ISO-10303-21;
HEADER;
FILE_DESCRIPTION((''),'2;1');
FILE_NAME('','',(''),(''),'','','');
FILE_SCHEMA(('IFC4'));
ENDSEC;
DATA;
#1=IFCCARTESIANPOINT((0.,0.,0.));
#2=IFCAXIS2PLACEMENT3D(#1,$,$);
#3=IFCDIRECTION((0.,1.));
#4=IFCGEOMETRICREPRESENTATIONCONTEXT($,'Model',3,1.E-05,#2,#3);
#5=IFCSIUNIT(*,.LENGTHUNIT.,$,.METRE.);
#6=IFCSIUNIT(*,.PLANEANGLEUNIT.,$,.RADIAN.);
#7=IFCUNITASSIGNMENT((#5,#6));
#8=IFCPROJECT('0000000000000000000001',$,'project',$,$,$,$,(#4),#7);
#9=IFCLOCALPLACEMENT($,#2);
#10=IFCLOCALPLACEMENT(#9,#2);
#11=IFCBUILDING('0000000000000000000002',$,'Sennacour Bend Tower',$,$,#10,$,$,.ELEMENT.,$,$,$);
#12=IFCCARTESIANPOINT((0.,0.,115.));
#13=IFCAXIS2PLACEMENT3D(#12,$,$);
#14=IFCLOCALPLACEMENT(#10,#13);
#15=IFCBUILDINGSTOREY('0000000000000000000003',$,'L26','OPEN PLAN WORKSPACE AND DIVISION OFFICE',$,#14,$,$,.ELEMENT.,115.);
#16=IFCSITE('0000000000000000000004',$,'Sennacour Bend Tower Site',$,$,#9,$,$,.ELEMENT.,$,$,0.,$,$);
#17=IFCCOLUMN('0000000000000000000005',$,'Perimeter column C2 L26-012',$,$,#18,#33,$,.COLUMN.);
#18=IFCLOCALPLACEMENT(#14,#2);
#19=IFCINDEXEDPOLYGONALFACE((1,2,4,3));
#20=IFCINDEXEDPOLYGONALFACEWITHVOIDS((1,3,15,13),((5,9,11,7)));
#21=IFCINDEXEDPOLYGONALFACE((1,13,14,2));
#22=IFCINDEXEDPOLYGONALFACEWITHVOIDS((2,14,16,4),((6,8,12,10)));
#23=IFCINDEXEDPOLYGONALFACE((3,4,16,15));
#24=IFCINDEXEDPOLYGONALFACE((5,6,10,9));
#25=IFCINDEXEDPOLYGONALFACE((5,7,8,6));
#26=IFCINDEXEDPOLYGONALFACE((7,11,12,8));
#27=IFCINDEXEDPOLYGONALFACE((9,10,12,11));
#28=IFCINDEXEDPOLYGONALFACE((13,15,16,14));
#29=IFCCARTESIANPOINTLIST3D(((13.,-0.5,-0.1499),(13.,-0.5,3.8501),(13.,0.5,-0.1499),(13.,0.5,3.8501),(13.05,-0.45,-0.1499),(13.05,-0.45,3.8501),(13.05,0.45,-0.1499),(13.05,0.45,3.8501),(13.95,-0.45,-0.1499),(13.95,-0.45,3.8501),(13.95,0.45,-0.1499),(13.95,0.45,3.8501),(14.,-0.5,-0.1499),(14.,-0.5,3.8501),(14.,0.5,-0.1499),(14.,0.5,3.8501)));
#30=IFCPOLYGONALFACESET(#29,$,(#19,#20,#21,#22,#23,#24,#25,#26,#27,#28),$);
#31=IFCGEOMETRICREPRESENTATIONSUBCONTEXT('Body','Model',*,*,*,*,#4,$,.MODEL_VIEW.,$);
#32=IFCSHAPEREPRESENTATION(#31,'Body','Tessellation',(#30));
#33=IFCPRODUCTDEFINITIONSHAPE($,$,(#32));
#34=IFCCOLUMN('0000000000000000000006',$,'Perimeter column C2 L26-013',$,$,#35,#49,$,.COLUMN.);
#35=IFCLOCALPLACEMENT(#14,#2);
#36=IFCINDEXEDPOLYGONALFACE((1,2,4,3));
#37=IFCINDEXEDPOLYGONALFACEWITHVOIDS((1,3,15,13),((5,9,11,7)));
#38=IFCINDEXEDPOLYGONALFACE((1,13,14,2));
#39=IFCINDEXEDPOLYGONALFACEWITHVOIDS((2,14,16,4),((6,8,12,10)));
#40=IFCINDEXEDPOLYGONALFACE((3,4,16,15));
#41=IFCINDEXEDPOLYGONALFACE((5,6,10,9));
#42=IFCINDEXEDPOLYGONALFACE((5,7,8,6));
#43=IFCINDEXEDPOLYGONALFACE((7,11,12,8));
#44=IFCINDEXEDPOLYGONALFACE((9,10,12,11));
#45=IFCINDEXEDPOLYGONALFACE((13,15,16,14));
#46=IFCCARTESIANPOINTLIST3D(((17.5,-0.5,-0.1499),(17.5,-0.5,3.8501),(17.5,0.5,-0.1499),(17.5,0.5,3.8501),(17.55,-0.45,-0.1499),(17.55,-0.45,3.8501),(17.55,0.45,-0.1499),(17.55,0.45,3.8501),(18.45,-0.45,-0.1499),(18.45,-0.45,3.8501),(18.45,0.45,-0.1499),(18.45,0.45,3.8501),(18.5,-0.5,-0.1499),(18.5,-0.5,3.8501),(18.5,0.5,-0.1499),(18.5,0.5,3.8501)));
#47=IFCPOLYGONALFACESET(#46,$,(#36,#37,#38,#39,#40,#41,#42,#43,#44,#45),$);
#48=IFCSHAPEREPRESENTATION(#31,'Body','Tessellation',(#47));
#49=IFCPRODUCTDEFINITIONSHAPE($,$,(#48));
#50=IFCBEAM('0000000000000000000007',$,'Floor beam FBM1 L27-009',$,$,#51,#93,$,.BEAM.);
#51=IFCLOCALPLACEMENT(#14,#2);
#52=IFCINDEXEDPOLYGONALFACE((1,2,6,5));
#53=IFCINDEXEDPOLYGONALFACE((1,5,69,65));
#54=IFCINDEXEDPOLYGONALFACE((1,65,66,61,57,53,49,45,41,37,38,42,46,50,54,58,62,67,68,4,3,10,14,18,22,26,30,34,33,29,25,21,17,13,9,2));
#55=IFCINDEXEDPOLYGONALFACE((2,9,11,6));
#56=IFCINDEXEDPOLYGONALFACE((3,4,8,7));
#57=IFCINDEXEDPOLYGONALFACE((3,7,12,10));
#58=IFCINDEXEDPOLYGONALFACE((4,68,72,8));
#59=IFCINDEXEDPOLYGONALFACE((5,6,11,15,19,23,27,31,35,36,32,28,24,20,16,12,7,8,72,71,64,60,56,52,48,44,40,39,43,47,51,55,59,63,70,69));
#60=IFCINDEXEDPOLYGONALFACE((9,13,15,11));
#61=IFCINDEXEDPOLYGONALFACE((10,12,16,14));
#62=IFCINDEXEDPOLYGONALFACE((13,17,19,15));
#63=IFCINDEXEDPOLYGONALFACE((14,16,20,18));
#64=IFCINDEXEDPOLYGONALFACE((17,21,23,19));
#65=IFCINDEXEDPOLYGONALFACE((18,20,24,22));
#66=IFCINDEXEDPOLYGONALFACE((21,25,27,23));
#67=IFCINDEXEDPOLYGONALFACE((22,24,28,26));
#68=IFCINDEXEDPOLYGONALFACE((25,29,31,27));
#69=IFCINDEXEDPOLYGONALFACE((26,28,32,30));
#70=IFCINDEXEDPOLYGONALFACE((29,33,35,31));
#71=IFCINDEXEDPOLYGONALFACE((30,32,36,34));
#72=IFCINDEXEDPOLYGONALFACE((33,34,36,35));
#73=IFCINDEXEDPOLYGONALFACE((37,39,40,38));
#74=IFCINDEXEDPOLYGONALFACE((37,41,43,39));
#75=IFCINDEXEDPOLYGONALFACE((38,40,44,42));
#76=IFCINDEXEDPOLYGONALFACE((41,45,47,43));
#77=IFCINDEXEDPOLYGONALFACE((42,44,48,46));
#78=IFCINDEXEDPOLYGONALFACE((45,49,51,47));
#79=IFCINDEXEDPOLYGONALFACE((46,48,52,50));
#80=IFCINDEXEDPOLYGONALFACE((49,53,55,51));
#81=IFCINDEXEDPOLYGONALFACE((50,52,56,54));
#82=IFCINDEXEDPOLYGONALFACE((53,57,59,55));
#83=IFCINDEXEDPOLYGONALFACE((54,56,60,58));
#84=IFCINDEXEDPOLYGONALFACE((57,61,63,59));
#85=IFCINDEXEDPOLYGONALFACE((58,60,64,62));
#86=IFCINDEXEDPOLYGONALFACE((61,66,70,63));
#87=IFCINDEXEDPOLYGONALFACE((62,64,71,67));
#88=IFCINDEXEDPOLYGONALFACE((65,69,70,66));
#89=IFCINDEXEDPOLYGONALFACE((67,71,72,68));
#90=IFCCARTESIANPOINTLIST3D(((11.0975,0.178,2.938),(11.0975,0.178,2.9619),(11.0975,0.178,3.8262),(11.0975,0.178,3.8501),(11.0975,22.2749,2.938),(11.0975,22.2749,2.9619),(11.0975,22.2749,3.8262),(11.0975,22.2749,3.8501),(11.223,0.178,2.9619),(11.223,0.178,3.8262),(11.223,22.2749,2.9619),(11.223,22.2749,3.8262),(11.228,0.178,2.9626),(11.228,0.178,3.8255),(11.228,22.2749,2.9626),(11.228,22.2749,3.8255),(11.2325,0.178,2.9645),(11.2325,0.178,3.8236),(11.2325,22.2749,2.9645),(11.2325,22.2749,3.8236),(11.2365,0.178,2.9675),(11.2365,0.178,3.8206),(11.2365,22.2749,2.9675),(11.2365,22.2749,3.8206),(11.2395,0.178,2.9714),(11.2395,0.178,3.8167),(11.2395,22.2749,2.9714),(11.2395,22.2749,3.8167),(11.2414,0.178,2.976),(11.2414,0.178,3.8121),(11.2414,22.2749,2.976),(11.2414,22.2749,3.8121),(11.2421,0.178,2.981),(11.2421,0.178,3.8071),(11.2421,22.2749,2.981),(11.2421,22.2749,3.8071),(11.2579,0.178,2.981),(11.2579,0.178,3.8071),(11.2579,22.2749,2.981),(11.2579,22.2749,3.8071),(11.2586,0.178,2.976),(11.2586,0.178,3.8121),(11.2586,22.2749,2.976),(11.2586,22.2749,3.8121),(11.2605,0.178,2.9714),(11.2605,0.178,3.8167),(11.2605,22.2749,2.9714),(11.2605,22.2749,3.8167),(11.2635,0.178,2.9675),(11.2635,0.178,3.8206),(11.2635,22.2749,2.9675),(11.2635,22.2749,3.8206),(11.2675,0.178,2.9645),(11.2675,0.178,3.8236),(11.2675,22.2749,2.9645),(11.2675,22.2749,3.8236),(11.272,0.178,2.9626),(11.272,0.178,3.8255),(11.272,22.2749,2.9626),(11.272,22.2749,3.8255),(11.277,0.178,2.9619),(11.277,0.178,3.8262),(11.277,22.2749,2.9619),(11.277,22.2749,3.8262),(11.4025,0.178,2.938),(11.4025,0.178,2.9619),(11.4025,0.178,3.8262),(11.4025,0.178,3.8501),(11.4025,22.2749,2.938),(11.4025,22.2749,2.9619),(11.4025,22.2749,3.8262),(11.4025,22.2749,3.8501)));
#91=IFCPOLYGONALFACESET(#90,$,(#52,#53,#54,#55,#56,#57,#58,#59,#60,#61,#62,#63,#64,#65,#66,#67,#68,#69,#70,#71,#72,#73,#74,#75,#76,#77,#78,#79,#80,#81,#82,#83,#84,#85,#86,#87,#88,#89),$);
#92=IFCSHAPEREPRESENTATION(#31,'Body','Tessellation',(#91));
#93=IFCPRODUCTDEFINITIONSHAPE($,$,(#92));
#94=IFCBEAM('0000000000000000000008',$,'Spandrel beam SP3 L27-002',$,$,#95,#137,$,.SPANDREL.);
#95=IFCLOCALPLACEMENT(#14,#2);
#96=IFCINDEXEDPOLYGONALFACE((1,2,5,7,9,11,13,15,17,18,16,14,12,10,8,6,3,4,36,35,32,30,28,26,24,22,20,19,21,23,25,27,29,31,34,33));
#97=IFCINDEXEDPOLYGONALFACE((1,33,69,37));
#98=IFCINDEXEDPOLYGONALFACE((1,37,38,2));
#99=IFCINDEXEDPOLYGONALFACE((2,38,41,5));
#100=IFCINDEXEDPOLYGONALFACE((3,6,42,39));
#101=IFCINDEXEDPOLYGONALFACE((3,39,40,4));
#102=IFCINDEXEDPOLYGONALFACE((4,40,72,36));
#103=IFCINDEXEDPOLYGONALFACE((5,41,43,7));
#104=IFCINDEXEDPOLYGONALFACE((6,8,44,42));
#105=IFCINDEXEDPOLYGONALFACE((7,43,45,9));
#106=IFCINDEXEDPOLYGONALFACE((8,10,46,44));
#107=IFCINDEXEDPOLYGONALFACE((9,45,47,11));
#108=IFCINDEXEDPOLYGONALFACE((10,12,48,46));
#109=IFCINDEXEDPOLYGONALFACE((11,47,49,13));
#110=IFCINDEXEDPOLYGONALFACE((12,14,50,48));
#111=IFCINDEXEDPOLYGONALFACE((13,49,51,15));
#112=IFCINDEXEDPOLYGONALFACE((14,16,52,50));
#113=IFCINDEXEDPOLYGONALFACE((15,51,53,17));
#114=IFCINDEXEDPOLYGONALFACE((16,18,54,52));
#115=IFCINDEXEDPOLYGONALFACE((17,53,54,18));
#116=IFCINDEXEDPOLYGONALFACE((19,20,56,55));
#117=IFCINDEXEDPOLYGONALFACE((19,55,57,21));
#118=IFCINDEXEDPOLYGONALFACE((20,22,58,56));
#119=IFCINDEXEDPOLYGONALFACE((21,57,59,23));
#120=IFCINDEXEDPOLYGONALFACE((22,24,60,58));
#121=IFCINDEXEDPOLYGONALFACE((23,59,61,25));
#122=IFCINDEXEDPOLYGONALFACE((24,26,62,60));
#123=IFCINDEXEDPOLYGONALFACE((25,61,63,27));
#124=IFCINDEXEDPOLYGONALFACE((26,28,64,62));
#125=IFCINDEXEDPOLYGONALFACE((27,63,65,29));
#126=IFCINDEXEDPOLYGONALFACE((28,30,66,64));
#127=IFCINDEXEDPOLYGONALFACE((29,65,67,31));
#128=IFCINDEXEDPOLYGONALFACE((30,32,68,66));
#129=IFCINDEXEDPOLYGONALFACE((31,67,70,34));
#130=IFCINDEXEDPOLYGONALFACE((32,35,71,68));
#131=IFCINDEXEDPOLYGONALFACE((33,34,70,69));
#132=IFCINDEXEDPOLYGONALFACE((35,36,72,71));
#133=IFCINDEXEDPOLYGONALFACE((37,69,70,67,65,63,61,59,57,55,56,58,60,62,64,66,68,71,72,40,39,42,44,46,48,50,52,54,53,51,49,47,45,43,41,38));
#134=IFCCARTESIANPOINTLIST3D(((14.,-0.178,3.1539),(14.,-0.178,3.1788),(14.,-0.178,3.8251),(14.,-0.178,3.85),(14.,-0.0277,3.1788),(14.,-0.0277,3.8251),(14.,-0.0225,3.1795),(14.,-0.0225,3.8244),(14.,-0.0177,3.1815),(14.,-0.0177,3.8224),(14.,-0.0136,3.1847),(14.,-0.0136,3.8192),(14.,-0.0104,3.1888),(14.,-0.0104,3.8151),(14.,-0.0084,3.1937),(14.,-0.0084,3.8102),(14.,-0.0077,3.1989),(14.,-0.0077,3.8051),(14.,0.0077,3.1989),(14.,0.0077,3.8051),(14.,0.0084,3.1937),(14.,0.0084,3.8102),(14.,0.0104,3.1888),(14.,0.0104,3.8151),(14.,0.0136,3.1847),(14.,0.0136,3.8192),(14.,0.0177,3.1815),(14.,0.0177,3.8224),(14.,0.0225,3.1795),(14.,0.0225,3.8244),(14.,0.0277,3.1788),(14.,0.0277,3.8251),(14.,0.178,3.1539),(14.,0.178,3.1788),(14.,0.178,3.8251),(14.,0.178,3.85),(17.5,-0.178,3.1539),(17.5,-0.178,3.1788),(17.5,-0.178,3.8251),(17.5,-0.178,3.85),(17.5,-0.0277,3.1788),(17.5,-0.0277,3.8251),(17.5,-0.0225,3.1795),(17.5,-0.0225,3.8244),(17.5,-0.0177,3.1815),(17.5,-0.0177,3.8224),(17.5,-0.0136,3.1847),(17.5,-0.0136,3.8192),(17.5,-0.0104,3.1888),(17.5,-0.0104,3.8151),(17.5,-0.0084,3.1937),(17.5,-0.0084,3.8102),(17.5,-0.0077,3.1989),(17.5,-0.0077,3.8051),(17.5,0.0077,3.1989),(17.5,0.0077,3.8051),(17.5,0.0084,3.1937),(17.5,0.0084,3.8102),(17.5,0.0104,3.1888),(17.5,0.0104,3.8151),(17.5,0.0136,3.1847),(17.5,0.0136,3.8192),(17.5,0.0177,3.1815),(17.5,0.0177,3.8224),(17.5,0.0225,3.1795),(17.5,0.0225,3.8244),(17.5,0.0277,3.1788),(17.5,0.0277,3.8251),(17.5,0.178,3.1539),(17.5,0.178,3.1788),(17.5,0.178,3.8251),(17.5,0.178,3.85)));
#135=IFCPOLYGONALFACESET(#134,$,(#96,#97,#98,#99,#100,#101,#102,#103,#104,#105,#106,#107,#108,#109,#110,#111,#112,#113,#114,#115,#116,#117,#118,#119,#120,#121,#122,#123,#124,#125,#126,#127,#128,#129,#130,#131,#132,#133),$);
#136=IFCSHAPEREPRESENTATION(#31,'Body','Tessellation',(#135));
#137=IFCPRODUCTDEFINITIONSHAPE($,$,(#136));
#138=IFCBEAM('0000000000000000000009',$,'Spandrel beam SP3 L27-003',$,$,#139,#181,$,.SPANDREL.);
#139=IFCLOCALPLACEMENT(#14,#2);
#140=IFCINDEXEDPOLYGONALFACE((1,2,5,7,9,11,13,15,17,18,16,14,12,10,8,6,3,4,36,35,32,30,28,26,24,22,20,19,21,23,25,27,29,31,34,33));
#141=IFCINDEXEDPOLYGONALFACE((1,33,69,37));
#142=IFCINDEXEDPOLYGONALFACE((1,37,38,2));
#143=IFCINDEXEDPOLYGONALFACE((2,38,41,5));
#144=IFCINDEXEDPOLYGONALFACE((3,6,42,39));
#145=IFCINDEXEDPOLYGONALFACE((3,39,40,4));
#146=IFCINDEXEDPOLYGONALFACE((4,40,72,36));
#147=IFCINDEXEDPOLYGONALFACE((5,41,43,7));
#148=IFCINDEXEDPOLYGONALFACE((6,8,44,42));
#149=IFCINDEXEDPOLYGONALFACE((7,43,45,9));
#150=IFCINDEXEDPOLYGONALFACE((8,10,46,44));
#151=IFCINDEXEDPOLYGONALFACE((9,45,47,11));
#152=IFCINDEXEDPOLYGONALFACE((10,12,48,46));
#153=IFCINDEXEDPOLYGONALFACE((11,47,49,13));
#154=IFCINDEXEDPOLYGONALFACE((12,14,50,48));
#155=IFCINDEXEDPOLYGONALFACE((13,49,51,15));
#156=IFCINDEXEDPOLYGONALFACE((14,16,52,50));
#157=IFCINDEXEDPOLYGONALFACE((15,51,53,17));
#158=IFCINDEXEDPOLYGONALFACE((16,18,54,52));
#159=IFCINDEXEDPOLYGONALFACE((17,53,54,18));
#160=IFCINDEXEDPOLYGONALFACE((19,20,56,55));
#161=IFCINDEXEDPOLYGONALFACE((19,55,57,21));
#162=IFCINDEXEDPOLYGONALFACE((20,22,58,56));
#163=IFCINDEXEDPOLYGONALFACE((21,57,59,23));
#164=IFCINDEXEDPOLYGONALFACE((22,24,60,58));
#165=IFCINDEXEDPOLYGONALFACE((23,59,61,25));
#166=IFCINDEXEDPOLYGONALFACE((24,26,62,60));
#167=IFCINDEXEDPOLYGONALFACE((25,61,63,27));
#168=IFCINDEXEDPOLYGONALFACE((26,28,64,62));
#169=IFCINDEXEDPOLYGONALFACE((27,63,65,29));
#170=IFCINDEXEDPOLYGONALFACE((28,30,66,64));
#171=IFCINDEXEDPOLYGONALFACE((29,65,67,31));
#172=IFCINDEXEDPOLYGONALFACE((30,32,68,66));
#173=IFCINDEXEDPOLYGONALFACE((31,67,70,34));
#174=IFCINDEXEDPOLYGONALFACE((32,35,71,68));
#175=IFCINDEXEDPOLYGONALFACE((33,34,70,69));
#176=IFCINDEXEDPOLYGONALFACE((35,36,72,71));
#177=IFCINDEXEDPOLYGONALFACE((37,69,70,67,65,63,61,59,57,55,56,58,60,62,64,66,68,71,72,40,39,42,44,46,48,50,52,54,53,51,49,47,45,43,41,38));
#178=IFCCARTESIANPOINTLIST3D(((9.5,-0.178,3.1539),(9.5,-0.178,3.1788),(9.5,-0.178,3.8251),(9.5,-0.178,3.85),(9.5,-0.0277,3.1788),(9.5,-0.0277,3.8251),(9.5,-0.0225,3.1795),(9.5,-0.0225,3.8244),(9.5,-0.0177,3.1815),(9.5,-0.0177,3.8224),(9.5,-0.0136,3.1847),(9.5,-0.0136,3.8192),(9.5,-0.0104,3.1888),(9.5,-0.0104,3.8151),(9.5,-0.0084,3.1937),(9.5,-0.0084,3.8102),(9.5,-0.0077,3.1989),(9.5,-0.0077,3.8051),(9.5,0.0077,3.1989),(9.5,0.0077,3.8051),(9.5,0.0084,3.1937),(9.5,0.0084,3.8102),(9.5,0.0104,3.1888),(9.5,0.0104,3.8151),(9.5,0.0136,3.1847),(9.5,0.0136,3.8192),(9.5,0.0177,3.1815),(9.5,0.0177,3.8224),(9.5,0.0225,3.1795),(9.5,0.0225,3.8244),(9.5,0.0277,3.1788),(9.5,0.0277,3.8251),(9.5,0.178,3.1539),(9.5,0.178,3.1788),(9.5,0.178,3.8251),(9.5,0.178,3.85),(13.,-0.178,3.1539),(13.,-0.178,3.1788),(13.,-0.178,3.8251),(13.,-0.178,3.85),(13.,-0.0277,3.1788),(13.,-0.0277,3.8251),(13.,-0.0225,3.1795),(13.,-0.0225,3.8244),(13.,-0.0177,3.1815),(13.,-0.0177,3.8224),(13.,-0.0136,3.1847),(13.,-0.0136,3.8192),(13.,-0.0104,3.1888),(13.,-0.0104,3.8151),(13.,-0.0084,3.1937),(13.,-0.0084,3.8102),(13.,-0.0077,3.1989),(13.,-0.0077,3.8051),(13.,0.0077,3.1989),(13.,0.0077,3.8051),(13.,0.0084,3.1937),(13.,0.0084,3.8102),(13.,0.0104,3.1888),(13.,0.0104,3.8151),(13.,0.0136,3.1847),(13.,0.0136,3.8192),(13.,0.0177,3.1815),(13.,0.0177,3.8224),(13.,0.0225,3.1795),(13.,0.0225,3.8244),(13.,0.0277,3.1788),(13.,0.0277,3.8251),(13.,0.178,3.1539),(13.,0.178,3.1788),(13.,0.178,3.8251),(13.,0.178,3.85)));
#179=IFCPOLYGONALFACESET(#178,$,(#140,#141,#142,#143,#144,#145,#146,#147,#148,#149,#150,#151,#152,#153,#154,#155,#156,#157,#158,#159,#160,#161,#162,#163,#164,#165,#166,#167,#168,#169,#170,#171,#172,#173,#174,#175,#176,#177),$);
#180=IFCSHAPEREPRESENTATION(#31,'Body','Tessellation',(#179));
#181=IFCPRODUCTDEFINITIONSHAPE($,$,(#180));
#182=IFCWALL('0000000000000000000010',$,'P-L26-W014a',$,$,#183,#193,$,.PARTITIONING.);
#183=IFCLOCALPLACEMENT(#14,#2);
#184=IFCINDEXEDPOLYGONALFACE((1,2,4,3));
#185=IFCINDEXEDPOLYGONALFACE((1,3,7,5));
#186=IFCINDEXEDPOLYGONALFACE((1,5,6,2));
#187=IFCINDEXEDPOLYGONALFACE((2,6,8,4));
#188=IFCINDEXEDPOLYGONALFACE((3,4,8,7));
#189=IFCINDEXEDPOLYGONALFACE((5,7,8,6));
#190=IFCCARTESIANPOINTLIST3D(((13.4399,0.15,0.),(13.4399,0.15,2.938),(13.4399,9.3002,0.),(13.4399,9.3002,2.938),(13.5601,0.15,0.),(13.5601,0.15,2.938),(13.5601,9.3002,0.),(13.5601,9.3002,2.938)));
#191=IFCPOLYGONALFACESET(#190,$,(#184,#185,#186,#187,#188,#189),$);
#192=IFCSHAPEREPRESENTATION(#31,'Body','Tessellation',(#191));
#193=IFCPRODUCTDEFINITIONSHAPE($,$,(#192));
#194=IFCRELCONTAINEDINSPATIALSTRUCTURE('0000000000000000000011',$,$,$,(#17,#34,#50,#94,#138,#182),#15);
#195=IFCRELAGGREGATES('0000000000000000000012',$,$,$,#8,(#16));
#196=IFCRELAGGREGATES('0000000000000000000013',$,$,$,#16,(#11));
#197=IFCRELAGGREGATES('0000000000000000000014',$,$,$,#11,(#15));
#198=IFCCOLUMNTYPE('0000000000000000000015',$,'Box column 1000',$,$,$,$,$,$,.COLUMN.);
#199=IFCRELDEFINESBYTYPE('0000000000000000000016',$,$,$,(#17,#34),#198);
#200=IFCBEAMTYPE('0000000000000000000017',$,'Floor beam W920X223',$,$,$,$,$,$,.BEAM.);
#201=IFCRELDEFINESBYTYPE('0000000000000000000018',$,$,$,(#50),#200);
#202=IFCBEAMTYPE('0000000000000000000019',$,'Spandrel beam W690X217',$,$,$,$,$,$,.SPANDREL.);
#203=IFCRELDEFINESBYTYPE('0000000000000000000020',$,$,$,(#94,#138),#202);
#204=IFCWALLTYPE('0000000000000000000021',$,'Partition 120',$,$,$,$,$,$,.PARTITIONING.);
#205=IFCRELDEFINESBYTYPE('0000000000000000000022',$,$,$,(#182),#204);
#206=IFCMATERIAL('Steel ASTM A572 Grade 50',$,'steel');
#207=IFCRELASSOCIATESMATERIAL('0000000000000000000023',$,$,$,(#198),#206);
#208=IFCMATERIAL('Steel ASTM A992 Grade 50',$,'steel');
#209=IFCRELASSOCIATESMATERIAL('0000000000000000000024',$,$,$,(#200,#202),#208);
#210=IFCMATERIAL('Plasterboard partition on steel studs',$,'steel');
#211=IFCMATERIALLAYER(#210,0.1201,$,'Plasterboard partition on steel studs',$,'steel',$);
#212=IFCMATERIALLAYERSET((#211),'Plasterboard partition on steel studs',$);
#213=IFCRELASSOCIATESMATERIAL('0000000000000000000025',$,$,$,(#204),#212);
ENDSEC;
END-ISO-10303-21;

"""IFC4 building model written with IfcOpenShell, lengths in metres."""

from ifc_helpers import new_model, si_unit, direction, frame, frame_2d, origin, origin_2d, place, context, subcontext, project, spatial, rectangle, hollow_rectangle, i_section, extrude, material, layer, layer_set, material_profile, profile_set, type_object, element, save


model = new_model("IFC4")

# Units and contexts
model_context = context("Model", 3, precision=1e-05, world=origin(), true_north=direction((0.0, 1.0)))
body_context = subcontext(model_context, "Body", "Model", "MODEL_VIEW")
ifc_project = project(units=[si_unit("LENGTHUNIT", "METRE"), si_unit("PLANEANGLEUNIT", "RADIAN")], contexts=[model_context])

# Site, building, storey
site_placement = place(None, origin())
site = spatial("IfcSite", under=ifc_project, at=site_placement, Name="Sennacour Bend Tower Site", CompositionType="ELEMENT", RefElevation=0.0)
building_placement = place(site_placement, origin())
building = spatial("IfcBuilding", under=site, at=building_placement, Name="Sennacour Bend Tower", CompositionType="ELEMENT")
storey_placement = place(building_placement, frame((0.0, 0.0, 115.0)))
storey = spatial("IfcBuildingStorey", under=building, at=storey_placement, Name="L26", Description="OPEN PLAN WORKSPACE AND DIVISION OFFICE", CompositionType="ELEMENT", Elevation=115.0)

# Columns
ifc_material_1 = material(Name="Steel ASTM A572 Grade 50", Category="steel")
ifc_material_profile_1 = material_profile(ifc_material_1, hollow_rectangle(XDim=1.0, YDim=1.0, WallThickness=0.05, at=origin_2d()), Name="Steel ASTM A572 Grade 50", Category="steel")
ifc_profile_set_1 = profile_set([ifc_material_profile_1], Name="Steel ASTM A572 Grade 50")
column_type = type_object("IfcColumnType", Name="Box column 1000", PredefinedType="COLUMN", material=ifc_profile_set_1)
for number, where, z_axis, x_axis, name in (
    (1, (13.5, 0.0, -0.1499), (0.0, 0.0, 1.0), (1.0, 0.0, 0.0), "Perimeter column C2 L26-012"),
    (2, (18.0, 0.0, -0.1499), (0.0, 0.0, 1.0), (1.0, 0.0, 0.0), "Perimeter column C2 L26-013"),
):
    element("IfcColumn", number, at=place(storey_placement, frame(where, z_axis=z_axis, x_axis=x_axis)), inside=storey, type_object=column_type, Name=name, PredefinedType="COLUMN", context=body_context, shape_type="SweptSolid", body=[
        extrude(hollow_rectangle(XDim=1.0, YDim=1.0, WallThickness=0.05, at=origin_2d()), origin(), (0.0, 0.0, 1.0), 4.0),
    ])

# Beams
ifc_material_2 = material(Name="Steel ASTM A992 Grade 50", Category="steel")
ifc_material_profile_2 = material_profile(ifc_material_2, i_section(OverallWidth=0.3049, OverallDepth=0.9121, WebThickness=0.0159, FlangeThickness=0.0239, FilletRadius=0.019, at=origin_2d()), Name="Steel ASTM A992 Grade 50", Category="steel")
ifc_profile_set_2 = profile_set([ifc_material_profile_2], Name="Steel ASTM A992 Grade 50")
beam_type_1 = type_object("IfcBeamType", Name="Floor beam W920X223", PredefinedType="BEAM", material=ifc_profile_set_2)
beam_placement = place(storey_placement, frame((11.25, 0.178, 3.394), z_axis=(0.0, 1.0, 0.0), x_axis=(-1.0, 0.0, 0.0)))
element("IfcBeam", 3, at=beam_placement, inside=storey, type_object=beam_type_1, Name="Floor beam FBM1 L27-009", PredefinedType="BEAM", context=body_context, shape_type="SweptSolid", body=[
    extrude(i_section(OverallWidth=0.3049, OverallDepth=0.9121, WebThickness=0.0159, FlangeThickness=0.0239, FilletRadius=0.019, at=origin_2d()), origin(), (0.0, 0.0, 1.0), 22.0969),
])
ifc_material_profile_3 = material_profile(ifc_material_2, i_section(OverallWidth=0.356, OverallDepth=0.696, WebThickness=0.0154, FlangeThickness=0.0249, FilletRadius=0.02, at=origin_2d()), Name="Steel ASTM A992 Grade 50", Category="steel")
ifc_profile_set_3 = profile_set([ifc_material_profile_3], Name="Steel ASTM A992 Grade 50")
beam_type_2 = type_object("IfcBeamType", Name="Spandrel beam W690X217", PredefinedType="SPANDREL", material=ifc_profile_set_3)
for number, where, z_axis, x_axis, name in (
    (4, (17.5, 0.0, 3.502), (-1.0, 0.0, 0.0), (0.0, -1.0, 0.0), "Spandrel beam SP3 L27-002"),
    (5, (13.0, 0.0, 3.502), (-1.0, 0.0, 0.0), (0.0, -1.0, 0.0), "Spandrel beam SP3 L27-003"),
):
    element("IfcBeam", number, at=place(storey_placement, frame(where, z_axis=z_axis, x_axis=x_axis)), inside=storey, type_object=beam_type_2, Name=name, PredefinedType="SPANDREL", context=body_context, shape_type="SweptSolid", body=[
        extrude(i_section(OverallWidth=0.356, OverallDepth=0.696, WebThickness=0.0154, FlangeThickness=0.0249, FilletRadius=0.02, at=origin_2d()), origin(), (0.0, 0.0, 1.0), 3.5),
    ])

# Wall
ifc_material_3 = material(Name="Plasterboard partition on steel studs", Category="steel")
ifc_layer_1 = layer(ifc_material_3, 0.1201, Name="Plasterboard partition on steel studs", Category="steel")
ifc_layer_set_1 = layer_set([ifc_layer_1], Name="Plasterboard partition on steel studs")
wall_type_1 = type_object("IfcWallType", Name="Partition 120", PredefinedType="PARTITIONING", material=ifc_layer_set_1)
for number, where, z_axis, x_axis, name in (
    (6, (13.5, 0.1499, 0.0), (0.0, 0.0, 1.0), (0.0, 1.0, 0.0), "P-L26-W014a"),
):
    element("IfcWall", number, at=place(storey_placement, frame(where, z_axis=z_axis, x_axis=x_axis)), inside=storey, type_object=wall_type_1, Name=name, PredefinedType="PARTITIONING", context=body_context, shape_type="SweptSolid", body=[
        extrude(rectangle(XDim=9.1501, YDim=0.1201, at=frame_2d((4.5752, 0.0))), origin(), (0.0, 0.0, 1.0), 2.938),
    ])

save(model, "model.ifc")
